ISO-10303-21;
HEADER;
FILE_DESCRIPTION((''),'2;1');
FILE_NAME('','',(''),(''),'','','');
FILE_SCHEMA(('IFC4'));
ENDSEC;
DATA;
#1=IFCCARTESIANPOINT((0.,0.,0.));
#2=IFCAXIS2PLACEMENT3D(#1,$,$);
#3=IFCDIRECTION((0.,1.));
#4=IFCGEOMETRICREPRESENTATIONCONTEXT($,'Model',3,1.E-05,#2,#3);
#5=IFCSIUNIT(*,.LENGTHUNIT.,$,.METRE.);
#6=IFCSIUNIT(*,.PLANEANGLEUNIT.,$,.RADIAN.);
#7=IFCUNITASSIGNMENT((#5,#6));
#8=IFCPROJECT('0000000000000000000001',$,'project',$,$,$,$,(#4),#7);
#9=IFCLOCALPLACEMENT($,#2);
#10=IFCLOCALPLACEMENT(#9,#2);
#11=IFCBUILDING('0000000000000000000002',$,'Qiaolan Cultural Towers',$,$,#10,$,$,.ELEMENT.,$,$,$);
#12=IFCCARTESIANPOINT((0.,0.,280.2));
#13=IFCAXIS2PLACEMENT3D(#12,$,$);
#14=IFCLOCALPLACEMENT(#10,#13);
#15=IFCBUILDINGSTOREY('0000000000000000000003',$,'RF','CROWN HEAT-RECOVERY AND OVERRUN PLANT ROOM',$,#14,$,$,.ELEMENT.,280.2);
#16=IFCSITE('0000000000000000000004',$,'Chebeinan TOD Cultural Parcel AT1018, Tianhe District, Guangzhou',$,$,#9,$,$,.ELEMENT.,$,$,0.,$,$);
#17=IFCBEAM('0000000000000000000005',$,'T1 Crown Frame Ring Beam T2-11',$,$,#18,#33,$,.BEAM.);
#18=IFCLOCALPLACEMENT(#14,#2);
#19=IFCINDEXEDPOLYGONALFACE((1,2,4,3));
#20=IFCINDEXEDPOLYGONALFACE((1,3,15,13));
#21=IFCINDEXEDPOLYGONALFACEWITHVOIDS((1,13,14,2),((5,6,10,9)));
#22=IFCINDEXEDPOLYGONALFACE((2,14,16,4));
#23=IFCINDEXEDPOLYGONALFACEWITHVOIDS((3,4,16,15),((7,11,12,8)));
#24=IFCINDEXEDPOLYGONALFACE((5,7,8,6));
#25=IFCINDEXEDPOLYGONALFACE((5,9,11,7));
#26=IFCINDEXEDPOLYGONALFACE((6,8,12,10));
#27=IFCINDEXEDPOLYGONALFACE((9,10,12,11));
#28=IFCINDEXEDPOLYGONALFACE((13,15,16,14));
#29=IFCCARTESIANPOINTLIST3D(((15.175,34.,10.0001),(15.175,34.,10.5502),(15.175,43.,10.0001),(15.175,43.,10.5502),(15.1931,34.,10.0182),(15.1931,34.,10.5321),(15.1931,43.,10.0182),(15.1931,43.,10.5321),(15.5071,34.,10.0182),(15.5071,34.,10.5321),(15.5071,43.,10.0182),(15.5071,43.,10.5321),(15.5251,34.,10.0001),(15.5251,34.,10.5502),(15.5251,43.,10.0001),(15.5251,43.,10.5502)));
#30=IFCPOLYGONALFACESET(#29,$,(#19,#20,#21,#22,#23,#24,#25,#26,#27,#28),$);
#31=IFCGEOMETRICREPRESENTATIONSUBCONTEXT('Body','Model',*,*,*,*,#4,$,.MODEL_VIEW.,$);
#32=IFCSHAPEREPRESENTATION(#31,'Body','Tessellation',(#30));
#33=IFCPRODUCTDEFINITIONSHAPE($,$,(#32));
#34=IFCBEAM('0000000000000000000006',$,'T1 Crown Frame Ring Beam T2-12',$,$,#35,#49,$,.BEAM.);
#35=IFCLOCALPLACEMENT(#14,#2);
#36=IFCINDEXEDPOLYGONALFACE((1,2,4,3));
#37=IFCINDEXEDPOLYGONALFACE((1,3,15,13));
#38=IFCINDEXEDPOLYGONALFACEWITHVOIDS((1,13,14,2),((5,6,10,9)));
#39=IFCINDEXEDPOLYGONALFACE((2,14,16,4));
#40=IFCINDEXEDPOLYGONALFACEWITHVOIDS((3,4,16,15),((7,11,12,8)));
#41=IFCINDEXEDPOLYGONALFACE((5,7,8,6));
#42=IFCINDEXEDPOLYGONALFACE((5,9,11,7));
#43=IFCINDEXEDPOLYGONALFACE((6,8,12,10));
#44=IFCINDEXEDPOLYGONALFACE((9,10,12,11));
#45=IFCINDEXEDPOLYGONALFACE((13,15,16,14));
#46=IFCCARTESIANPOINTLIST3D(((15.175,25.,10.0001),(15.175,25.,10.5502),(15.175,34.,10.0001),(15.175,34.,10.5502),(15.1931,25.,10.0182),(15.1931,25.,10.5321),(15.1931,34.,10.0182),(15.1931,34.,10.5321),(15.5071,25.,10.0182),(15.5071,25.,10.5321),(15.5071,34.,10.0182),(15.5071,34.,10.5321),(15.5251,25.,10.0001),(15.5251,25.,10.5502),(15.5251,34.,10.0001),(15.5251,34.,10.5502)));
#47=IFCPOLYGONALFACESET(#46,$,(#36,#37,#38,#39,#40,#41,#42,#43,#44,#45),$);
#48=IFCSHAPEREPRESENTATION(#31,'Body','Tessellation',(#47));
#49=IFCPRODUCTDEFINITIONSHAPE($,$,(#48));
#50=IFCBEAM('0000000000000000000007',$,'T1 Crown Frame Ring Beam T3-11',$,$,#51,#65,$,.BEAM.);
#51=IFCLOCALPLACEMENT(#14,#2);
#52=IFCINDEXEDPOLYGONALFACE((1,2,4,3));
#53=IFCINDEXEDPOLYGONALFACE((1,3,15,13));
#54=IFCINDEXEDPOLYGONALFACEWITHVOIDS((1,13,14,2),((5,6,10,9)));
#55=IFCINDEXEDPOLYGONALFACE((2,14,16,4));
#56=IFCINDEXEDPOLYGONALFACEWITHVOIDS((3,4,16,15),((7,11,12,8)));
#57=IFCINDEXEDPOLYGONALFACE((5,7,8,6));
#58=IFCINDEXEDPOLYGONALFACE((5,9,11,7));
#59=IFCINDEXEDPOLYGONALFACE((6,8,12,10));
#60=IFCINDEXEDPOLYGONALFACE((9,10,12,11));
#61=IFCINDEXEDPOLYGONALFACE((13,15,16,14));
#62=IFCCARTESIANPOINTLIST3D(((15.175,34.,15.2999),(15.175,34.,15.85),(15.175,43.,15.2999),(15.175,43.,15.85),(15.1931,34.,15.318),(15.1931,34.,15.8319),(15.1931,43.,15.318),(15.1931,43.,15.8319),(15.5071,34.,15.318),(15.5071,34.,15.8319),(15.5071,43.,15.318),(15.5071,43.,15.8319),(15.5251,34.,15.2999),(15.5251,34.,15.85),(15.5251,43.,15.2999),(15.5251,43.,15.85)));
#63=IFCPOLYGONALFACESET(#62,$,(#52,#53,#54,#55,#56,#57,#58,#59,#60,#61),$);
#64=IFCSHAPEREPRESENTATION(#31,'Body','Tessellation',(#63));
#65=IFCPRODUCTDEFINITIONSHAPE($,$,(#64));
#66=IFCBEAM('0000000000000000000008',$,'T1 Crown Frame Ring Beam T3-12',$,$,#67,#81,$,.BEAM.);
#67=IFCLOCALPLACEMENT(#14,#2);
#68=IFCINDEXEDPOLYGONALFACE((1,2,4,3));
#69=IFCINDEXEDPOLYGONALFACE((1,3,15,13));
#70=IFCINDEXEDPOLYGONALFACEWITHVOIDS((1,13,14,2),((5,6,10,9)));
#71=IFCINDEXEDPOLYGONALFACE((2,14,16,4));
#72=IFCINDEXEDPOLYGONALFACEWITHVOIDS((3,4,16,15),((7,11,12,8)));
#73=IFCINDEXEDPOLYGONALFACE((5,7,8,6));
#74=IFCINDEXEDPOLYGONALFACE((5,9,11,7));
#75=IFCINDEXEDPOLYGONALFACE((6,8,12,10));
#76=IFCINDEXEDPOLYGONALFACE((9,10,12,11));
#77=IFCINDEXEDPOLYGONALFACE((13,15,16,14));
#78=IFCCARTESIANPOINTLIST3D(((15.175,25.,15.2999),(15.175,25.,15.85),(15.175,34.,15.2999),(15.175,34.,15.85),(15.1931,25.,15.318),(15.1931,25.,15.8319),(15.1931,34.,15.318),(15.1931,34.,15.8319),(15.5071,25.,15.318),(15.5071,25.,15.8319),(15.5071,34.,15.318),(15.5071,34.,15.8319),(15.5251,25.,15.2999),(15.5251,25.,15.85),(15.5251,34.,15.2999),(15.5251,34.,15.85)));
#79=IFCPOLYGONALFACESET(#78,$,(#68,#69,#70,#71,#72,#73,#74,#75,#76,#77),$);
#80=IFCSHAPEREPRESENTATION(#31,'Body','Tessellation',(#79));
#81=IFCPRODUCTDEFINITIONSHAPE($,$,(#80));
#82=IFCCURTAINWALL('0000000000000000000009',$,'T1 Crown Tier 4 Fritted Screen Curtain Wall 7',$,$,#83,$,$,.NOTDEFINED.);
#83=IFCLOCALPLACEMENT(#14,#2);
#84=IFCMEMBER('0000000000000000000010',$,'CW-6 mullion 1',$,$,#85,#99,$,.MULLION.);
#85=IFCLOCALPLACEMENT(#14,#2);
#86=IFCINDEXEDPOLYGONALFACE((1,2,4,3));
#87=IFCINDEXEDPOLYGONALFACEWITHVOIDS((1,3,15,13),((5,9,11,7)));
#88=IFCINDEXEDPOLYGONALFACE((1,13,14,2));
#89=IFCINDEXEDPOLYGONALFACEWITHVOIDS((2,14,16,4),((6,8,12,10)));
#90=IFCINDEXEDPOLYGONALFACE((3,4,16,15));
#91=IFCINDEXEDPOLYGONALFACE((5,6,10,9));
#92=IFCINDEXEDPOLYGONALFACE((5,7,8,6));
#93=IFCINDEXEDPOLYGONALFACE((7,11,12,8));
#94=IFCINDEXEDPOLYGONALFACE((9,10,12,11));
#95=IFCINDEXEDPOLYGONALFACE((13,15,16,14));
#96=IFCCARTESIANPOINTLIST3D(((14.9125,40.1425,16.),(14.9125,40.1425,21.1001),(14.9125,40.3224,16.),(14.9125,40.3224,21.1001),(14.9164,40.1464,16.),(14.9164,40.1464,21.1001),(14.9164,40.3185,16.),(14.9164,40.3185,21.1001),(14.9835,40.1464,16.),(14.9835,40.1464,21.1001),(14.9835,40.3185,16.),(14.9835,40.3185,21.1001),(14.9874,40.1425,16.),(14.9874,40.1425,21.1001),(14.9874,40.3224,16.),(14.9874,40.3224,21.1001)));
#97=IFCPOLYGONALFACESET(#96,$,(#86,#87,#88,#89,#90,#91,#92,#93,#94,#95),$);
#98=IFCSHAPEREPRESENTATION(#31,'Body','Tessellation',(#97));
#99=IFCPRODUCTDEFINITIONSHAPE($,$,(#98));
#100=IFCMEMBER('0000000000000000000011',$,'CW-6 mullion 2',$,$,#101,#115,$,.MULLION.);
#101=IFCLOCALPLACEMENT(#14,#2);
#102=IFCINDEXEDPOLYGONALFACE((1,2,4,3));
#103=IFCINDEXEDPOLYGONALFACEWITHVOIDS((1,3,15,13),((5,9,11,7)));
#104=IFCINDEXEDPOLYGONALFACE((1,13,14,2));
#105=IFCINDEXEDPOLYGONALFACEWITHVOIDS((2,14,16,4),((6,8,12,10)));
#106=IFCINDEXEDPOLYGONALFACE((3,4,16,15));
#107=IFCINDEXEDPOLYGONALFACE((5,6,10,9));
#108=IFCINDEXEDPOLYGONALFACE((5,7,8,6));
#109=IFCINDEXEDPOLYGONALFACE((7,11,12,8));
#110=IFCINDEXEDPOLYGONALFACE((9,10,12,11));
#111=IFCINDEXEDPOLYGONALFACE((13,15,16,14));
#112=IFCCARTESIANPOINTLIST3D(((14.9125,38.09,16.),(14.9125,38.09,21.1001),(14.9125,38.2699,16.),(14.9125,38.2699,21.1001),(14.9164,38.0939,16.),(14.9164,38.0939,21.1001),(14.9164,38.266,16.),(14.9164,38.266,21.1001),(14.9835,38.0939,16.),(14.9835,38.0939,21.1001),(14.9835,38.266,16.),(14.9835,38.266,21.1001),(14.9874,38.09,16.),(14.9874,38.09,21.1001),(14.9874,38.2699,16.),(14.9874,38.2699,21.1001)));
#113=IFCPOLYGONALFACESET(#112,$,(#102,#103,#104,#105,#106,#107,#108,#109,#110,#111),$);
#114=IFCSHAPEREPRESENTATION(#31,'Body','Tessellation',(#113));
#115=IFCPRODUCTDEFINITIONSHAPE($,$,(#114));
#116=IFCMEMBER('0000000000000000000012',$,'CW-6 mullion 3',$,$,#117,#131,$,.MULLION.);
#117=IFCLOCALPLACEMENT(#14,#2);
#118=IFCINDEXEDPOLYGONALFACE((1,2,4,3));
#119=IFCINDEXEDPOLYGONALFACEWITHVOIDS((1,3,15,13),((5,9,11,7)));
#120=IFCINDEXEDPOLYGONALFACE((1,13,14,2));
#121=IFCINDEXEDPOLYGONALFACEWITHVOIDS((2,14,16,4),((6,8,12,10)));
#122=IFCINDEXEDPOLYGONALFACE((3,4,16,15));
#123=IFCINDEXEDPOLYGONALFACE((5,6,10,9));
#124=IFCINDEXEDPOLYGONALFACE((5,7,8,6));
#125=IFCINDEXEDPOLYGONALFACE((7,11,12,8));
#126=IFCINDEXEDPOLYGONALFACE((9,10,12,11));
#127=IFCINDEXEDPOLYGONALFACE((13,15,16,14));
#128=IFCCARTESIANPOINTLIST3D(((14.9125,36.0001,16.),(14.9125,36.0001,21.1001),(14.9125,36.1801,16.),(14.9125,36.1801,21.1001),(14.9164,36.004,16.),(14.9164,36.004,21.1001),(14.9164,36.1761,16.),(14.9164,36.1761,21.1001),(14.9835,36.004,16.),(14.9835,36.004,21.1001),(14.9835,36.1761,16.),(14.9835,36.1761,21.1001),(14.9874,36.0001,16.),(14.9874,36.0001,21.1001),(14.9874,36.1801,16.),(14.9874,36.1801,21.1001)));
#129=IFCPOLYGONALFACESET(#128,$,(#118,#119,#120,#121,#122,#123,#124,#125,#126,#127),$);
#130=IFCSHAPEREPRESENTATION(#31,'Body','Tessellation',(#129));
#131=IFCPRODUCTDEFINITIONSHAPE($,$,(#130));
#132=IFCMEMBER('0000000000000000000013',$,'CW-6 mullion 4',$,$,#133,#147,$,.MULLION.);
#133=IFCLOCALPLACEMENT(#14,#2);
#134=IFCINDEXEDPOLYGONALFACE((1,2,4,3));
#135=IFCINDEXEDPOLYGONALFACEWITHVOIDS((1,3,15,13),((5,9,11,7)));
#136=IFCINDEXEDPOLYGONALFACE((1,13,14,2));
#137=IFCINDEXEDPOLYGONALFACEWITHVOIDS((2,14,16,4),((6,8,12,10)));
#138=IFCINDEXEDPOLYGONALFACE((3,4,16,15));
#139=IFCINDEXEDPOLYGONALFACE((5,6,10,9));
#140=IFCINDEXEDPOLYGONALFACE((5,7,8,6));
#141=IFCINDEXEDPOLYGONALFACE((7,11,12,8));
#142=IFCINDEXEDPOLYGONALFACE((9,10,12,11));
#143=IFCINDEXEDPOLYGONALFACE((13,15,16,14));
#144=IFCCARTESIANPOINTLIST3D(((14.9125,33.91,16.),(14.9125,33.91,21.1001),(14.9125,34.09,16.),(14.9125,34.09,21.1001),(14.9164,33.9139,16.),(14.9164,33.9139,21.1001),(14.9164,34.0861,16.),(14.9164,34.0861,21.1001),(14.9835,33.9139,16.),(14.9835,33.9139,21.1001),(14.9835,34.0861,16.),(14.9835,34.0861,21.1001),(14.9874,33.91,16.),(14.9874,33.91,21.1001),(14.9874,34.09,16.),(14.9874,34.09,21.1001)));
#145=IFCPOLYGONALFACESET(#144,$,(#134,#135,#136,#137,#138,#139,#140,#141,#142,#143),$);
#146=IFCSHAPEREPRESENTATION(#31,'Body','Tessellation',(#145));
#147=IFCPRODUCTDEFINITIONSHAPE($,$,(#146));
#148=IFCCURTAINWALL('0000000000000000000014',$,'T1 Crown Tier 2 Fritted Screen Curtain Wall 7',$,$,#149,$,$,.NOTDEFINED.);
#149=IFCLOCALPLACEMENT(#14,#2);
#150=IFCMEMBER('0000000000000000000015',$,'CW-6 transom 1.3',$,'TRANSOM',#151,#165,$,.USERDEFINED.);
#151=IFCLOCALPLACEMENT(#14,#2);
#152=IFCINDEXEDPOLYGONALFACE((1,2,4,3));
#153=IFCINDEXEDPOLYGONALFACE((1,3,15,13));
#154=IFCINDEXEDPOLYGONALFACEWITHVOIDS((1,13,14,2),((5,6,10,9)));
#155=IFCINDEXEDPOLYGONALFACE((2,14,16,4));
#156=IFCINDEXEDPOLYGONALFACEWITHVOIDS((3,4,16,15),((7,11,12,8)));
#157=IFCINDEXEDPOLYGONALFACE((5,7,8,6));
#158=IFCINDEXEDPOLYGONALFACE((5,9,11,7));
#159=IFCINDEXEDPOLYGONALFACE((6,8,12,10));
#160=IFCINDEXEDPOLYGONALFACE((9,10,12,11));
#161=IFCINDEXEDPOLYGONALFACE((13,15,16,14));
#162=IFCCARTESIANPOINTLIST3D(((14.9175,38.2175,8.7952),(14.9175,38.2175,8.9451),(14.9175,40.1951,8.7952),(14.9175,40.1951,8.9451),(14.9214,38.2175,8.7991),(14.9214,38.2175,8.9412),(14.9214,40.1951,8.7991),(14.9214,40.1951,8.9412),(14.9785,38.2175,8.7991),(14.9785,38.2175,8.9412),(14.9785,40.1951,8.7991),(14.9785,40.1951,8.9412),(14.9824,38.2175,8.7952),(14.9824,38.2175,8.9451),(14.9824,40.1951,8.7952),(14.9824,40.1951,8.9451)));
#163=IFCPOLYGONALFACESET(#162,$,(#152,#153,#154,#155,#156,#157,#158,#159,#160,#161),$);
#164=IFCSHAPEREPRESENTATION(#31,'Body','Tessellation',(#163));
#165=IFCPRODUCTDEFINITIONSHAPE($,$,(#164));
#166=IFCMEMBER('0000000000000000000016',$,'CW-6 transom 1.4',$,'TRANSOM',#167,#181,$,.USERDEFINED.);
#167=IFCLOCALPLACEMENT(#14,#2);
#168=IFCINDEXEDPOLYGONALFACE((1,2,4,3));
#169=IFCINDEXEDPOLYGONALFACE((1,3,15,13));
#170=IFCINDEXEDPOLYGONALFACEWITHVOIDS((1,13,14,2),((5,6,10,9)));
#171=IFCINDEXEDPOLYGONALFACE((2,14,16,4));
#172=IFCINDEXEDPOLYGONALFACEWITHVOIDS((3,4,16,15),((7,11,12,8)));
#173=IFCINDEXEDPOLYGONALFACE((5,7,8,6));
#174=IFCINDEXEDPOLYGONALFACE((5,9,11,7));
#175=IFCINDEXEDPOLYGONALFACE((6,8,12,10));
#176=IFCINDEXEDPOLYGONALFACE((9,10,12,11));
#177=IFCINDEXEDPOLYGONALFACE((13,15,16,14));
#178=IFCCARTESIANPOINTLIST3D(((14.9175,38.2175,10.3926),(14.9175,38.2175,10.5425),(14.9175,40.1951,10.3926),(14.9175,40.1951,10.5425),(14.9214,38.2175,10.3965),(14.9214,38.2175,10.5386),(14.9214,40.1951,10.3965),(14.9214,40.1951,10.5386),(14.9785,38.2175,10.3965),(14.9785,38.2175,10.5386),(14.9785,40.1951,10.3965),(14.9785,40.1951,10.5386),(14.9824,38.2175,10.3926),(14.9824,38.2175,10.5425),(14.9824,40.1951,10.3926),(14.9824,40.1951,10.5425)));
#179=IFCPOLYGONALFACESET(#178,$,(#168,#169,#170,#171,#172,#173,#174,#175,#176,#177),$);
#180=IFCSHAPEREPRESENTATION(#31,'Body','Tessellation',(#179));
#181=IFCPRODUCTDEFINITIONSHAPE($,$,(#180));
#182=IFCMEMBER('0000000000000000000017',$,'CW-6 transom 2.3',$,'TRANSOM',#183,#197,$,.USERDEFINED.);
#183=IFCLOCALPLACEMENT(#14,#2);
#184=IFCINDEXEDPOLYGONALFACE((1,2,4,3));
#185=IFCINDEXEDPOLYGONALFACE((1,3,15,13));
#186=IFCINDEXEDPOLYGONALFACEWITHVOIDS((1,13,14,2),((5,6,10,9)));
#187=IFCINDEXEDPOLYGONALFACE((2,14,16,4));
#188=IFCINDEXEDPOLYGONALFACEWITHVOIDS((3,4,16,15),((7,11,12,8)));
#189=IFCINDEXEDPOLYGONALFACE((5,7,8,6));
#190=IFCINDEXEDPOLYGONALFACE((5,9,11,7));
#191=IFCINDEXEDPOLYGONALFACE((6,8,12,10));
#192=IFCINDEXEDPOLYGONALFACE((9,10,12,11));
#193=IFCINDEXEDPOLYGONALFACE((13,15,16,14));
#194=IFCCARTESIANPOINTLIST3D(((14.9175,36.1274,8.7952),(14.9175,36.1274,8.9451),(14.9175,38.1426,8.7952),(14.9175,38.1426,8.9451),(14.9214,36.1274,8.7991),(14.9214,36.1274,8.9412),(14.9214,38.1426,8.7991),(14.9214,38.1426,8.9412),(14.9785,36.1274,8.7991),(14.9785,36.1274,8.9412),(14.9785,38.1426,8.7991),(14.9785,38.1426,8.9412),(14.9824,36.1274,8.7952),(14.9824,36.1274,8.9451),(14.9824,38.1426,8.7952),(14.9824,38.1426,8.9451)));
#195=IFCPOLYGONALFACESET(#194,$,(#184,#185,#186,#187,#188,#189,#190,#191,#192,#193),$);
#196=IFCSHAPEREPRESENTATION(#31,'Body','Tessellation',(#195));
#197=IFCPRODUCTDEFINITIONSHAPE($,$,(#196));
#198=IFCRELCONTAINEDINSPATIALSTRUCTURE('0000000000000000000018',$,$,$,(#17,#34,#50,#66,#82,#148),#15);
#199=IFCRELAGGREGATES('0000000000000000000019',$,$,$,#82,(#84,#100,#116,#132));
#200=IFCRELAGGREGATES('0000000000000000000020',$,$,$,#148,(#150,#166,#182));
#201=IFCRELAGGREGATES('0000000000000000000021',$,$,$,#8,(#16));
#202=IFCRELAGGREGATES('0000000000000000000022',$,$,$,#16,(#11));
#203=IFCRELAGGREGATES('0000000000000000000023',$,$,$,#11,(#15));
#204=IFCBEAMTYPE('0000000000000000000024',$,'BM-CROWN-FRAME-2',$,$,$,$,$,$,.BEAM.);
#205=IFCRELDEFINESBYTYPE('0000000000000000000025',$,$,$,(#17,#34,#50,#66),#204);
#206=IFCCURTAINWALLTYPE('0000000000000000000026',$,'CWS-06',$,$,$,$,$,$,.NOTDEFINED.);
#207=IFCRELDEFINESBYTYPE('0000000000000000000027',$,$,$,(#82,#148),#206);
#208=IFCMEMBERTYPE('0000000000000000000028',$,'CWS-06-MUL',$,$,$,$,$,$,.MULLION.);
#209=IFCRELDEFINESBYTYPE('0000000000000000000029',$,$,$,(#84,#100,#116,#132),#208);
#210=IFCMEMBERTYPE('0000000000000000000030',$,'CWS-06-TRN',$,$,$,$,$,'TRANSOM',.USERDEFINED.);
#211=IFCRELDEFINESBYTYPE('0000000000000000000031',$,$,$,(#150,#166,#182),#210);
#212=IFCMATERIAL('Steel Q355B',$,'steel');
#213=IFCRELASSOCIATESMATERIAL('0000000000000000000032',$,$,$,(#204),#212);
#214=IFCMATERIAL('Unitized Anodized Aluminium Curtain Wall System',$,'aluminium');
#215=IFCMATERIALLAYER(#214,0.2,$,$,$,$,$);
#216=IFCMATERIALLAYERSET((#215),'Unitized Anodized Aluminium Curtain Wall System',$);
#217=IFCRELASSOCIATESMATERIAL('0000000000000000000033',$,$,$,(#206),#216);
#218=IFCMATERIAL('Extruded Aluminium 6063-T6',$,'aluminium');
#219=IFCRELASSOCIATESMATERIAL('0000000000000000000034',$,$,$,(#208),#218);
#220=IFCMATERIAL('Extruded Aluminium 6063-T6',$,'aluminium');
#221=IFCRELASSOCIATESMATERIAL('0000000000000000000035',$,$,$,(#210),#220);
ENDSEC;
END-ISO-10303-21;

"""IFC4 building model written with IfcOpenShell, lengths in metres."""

from ifc_helpers import new_model, si_unit, direction, frame, origin, origin_2d, place, context, subcontext, project, spatial, hollow_rectangle, extrude, material, layer, layer_set, material_profile, profile_set, type_object, element, aggregate, save


model = new_model("IFC4")

# Units and contexts
model_context = context("Model", 3, precision=1e-05, world=origin(), true_north=direction((0.0, 1.0)))
body_context = subcontext(model_context, "Body", "Model", "MODEL_VIEW")
ifc_project = project(units=[si_unit("LENGTHUNIT", "METRE"), si_unit("PLANEANGLEUNIT", "RADIAN")], contexts=[model_context])

# Site, building, storey
site_placement = place(None, origin())
site = spatial("IfcSite", under=ifc_project, at=site_placement, Name="Chebeinan TOD Cultural Parcel AT1018, Tianhe District, Guangzhou", CompositionType="ELEMENT", RefElevation=0.0)
building_placement = place(site_placement, origin())
building = spatial("IfcBuilding", under=site, at=building_placement, Name="Qiaolan Cultural Towers", CompositionType="ELEMENT")
storey_placement = place(building_placement, frame((0.0, 0.0, 280.2)))
storey = spatial("IfcBuildingStorey", under=building, at=storey_placement, Name="RF", Description="CROWN HEAT-RECOVERY AND OVERRUN PLANT ROOM", CompositionType="ELEMENT", Elevation=280.2)

# Beams
ifc_material_1 = material(Name="Steel Q355B", Category="steel")
ifc_material_profile_1 = material_profile(ifc_material_1, hollow_rectangle(XDim=0.3501, YDim=0.55, WallThickness=0.0181, at=origin_2d()), Name="BOX550x350x18")
ifc_profile_set_1 = profile_set([ifc_material_profile_1], Name="Steel Q355B")
beam_type = type_object("IfcBeamType", Name="BM-CROWN-FRAME-2", PredefinedType="BEAM", material=ifc_profile_set_1)
for number, where, z_axis, x_axis, name in (
    (1, (15.3501, 43.0, 10.2751), (0.0, -1.0, 0.0), (1.0, 0.0, 0.0), "T1 Crown Frame Ring Beam T2-11"),
    (2, (15.3501, 34.0, 10.2751), (0.0, -1.0, 0.0), (1.0, 0.0, 0.0), "T1 Crown Frame Ring Beam T2-12"),
    (3, (15.3501, 43.0, 15.575), (0.0, -1.0, 0.0), (1.0, 0.0, 0.0), "T1 Crown Frame Ring Beam T3-11"),
    (4, (15.3501, 34.0, 15.575), (0.0, -1.0, 0.0), (1.0, 0.0, 0.0), "T1 Crown Frame Ring Beam T3-12"),
):
    element("IfcBeam", number, at=place(storey_placement, frame(where, z_axis=z_axis, x_axis=x_axis)), inside=storey, type_object=beam_type, Name=name, PredefinedType="BEAM", context=body_context, shape_type="SweptSolid", body=[
        extrude(hollow_rectangle(XDim=0.3501, YDim=0.55, WallThickness=0.0181, at=origin_2d()), origin(), (0.0, 0.0, 1.0), 9.0),
    ])

# Curtain walls, members
ifc_material_2 = material(Name="Unitized Anodized Aluminium Curtain Wall System", Category="aluminium")
ifc_layer_1 = layer(ifc_material_2, 0.2)
ifc_layer_set_1 = layer_set([ifc_layer_1], Name="Unitized Anodized Aluminium Curtain Wall System")
curtain_wall_type = type_object("IfcCurtainWallType", Name="CWS-06", PredefinedType="NOTDEFINED", material=ifc_layer_set_1)
curtain_wall_1_placement = place(storey_placement, origin())
curtain_wall_1 = element("IfcCurtainWall", 5, at=curtain_wall_1_placement, inside=storey, type_object=curtain_wall_type, Name="T1 Crown Tier 4 Fritted Screen Curtain Wall 7", PredefinedType="NOTDEFINED")
ifc_material_3 = material(Name="Extruded Aluminium 6063-T6", Category="aluminium")
ifc_material_profile_2 = material_profile(ifc_material_3, hollow_rectangle(XDim=0.075, YDim=0.1799, WallThickness=0.0039, at=origin_2d()), Name="CWM-180x75x4")
ifc_profile_set_2 = profile_set([ifc_material_profile_2], Name="Extruded Aluminium 6063-T6")
member_type_1 = type_object("IfcMemberType", Name="CWS-06-MUL", PredefinedType="MULLION", material=ifc_profile_set_2)
member_1_placement = place(storey_placement, frame((14.95, 40.2324, 16.0), z_axis=(0.0, 0.0, 1.0), x_axis=(1.0, 0.0, 0.0)))
member_1 = element("IfcMember", 6, at=member_1_placement, type_object=member_type_1, Name="CW-6 mullion 1", PredefinedType="MULLION", context=body_context, shape_type="SweptSolid", body=[
    extrude(hollow_rectangle(XDim=0.075, YDim=0.1799, WallThickness=0.0039, at=origin_2d()), origin(), (0.0, 0.0, 1.0), 5.1001),
])
member_2_placement = place(storey_placement, frame((14.95, 38.1799, 16.0), z_axis=(0.0, 0.0, 1.0), x_axis=(1.0, 0.0, 0.0)))
member_2 = element("IfcMember", 7, at=member_2_placement, type_object=member_type_1, Name="CW-6 mullion 2", PredefinedType="MULLION", context=body_context, shape_type="SweptSolid", body=[
    extrude(hollow_rectangle(XDim=0.075, YDim=0.1799, WallThickness=0.0039, at=origin_2d()), origin(), (0.0, 0.0, 1.0), 5.1001),
])
member_3_placement = place(storey_placement, frame((14.95, 36.0901, 16.0), z_axis=(0.0, 0.0, 1.0), x_axis=(1.0, 0.0, 0.0)))
member_3 = element("IfcMember", 8, at=member_3_placement, type_object=member_type_1, Name="CW-6 mullion 3", PredefinedType="MULLION", context=body_context, shape_type="SweptSolid", body=[
    extrude(hollow_rectangle(XDim=0.075, YDim=0.1799, WallThickness=0.0039, at=origin_2d()), origin(), (0.0, 0.0, 1.0), 5.1001),
])
member_4_placement = place(storey_placement, frame((14.95, 34.0, 16.0), z_axis=(0.0, 0.0, 1.0), x_axis=(1.0, 0.0, 0.0)))
member_4 = element("IfcMember", 9, at=member_4_placement, type_object=member_type_1, Name="CW-6 mullion 4", PredefinedType="MULLION", context=body_context, shape_type="SweptSolid", body=[
    extrude(hollow_rectangle(XDim=0.075, YDim=0.1799, WallThickness=0.0039, at=origin_2d()), origin(), (0.0, 0.0, 1.0), 5.1001),
])
curtain_wall_2_placement = place(storey_placement, origin())
curtain_wall_2 = element("IfcCurtainWall", 10, at=curtain_wall_2_placement, inside=storey, type_object=curtain_wall_type, Name="T1 Crown Tier 2 Fritted Screen Curtain Wall 7", PredefinedType="NOTDEFINED")
ifc_material_4 = material(Name="Extruded Aluminium 6063-T6", Category="aluminium")
ifc_material_profile_3 = material_profile(ifc_material_4, hollow_rectangle(XDim=0.0649, YDim=0.1499, WallThickness=0.0039, at=origin_2d()), Name="CWT-150x65x4")
ifc_profile_set_3 = profile_set([ifc_material_profile_3], Name="Extruded Aluminium 6063-T6")
member_type_2 = type_object("IfcMemberType", Name="CWS-06-TRN", ElementType="TRANSOM", PredefinedType="USERDEFINED", material=ifc_profile_set_3)
member_5_placement = place(storey_placement, frame((14.95, 40.1951, 8.8701), z_axis=(0.0, -1.0, 0.0), x_axis=(1.0, 0.0, 0.0)))
member_5 = element("IfcMember", 11, at=member_5_placement, type_object=member_type_2, Name="CW-6 transom 1.3", ObjectType="TRANSOM", PredefinedType="USERDEFINED", context=body_context, shape_type="SweptSolid", body=[
    extrude(hollow_rectangle(XDim=0.0649, YDim=0.1499, WallThickness=0.0039, at=origin_2d()), origin(), (0.0, 0.0, 1.0), 1.9775),
])
member_6_placement = place(storey_placement, frame((14.95, 40.1951, 10.4675), z_axis=(0.0, -1.0, 0.0), x_axis=(1.0, 0.0, 0.0)))
member_6 = element("IfcMember", 12, at=member_6_placement, type_object=member_type_2, Name="CW-6 transom 1.4", ObjectType="TRANSOM", PredefinedType="USERDEFINED", context=body_context, shape_type="SweptSolid", body=[
    extrude(hollow_rectangle(XDim=0.0649, YDim=0.1499, WallThickness=0.0039, at=origin_2d()), origin(), (0.0, 0.0, 1.0), 1.9775),
])
member_7_placement = place(storey_placement, frame((14.95, 38.1426, 8.8701), z_axis=(0.0, -1.0, 0.0), x_axis=(1.0, 0.0, 0.0)))
member_7 = element("IfcMember", 13, at=member_7_placement, type_object=member_type_2, Name="CW-6 transom 2.3", ObjectType="TRANSOM", PredefinedType="USERDEFINED", context=body_context, shape_type="SweptSolid", body=[
    extrude(hollow_rectangle(XDim=0.0649, YDim=0.1499, WallThickness=0.0039, at=origin_2d()), origin(), (0.0, 0.0, 1.0), 2.0151),
])

aggregate(curtain_wall_1, [member_1, member_2, member_3, member_4])

aggregate(curtain_wall_2, [member_5, member_6, member_7])

save(model, "model.ifc")
